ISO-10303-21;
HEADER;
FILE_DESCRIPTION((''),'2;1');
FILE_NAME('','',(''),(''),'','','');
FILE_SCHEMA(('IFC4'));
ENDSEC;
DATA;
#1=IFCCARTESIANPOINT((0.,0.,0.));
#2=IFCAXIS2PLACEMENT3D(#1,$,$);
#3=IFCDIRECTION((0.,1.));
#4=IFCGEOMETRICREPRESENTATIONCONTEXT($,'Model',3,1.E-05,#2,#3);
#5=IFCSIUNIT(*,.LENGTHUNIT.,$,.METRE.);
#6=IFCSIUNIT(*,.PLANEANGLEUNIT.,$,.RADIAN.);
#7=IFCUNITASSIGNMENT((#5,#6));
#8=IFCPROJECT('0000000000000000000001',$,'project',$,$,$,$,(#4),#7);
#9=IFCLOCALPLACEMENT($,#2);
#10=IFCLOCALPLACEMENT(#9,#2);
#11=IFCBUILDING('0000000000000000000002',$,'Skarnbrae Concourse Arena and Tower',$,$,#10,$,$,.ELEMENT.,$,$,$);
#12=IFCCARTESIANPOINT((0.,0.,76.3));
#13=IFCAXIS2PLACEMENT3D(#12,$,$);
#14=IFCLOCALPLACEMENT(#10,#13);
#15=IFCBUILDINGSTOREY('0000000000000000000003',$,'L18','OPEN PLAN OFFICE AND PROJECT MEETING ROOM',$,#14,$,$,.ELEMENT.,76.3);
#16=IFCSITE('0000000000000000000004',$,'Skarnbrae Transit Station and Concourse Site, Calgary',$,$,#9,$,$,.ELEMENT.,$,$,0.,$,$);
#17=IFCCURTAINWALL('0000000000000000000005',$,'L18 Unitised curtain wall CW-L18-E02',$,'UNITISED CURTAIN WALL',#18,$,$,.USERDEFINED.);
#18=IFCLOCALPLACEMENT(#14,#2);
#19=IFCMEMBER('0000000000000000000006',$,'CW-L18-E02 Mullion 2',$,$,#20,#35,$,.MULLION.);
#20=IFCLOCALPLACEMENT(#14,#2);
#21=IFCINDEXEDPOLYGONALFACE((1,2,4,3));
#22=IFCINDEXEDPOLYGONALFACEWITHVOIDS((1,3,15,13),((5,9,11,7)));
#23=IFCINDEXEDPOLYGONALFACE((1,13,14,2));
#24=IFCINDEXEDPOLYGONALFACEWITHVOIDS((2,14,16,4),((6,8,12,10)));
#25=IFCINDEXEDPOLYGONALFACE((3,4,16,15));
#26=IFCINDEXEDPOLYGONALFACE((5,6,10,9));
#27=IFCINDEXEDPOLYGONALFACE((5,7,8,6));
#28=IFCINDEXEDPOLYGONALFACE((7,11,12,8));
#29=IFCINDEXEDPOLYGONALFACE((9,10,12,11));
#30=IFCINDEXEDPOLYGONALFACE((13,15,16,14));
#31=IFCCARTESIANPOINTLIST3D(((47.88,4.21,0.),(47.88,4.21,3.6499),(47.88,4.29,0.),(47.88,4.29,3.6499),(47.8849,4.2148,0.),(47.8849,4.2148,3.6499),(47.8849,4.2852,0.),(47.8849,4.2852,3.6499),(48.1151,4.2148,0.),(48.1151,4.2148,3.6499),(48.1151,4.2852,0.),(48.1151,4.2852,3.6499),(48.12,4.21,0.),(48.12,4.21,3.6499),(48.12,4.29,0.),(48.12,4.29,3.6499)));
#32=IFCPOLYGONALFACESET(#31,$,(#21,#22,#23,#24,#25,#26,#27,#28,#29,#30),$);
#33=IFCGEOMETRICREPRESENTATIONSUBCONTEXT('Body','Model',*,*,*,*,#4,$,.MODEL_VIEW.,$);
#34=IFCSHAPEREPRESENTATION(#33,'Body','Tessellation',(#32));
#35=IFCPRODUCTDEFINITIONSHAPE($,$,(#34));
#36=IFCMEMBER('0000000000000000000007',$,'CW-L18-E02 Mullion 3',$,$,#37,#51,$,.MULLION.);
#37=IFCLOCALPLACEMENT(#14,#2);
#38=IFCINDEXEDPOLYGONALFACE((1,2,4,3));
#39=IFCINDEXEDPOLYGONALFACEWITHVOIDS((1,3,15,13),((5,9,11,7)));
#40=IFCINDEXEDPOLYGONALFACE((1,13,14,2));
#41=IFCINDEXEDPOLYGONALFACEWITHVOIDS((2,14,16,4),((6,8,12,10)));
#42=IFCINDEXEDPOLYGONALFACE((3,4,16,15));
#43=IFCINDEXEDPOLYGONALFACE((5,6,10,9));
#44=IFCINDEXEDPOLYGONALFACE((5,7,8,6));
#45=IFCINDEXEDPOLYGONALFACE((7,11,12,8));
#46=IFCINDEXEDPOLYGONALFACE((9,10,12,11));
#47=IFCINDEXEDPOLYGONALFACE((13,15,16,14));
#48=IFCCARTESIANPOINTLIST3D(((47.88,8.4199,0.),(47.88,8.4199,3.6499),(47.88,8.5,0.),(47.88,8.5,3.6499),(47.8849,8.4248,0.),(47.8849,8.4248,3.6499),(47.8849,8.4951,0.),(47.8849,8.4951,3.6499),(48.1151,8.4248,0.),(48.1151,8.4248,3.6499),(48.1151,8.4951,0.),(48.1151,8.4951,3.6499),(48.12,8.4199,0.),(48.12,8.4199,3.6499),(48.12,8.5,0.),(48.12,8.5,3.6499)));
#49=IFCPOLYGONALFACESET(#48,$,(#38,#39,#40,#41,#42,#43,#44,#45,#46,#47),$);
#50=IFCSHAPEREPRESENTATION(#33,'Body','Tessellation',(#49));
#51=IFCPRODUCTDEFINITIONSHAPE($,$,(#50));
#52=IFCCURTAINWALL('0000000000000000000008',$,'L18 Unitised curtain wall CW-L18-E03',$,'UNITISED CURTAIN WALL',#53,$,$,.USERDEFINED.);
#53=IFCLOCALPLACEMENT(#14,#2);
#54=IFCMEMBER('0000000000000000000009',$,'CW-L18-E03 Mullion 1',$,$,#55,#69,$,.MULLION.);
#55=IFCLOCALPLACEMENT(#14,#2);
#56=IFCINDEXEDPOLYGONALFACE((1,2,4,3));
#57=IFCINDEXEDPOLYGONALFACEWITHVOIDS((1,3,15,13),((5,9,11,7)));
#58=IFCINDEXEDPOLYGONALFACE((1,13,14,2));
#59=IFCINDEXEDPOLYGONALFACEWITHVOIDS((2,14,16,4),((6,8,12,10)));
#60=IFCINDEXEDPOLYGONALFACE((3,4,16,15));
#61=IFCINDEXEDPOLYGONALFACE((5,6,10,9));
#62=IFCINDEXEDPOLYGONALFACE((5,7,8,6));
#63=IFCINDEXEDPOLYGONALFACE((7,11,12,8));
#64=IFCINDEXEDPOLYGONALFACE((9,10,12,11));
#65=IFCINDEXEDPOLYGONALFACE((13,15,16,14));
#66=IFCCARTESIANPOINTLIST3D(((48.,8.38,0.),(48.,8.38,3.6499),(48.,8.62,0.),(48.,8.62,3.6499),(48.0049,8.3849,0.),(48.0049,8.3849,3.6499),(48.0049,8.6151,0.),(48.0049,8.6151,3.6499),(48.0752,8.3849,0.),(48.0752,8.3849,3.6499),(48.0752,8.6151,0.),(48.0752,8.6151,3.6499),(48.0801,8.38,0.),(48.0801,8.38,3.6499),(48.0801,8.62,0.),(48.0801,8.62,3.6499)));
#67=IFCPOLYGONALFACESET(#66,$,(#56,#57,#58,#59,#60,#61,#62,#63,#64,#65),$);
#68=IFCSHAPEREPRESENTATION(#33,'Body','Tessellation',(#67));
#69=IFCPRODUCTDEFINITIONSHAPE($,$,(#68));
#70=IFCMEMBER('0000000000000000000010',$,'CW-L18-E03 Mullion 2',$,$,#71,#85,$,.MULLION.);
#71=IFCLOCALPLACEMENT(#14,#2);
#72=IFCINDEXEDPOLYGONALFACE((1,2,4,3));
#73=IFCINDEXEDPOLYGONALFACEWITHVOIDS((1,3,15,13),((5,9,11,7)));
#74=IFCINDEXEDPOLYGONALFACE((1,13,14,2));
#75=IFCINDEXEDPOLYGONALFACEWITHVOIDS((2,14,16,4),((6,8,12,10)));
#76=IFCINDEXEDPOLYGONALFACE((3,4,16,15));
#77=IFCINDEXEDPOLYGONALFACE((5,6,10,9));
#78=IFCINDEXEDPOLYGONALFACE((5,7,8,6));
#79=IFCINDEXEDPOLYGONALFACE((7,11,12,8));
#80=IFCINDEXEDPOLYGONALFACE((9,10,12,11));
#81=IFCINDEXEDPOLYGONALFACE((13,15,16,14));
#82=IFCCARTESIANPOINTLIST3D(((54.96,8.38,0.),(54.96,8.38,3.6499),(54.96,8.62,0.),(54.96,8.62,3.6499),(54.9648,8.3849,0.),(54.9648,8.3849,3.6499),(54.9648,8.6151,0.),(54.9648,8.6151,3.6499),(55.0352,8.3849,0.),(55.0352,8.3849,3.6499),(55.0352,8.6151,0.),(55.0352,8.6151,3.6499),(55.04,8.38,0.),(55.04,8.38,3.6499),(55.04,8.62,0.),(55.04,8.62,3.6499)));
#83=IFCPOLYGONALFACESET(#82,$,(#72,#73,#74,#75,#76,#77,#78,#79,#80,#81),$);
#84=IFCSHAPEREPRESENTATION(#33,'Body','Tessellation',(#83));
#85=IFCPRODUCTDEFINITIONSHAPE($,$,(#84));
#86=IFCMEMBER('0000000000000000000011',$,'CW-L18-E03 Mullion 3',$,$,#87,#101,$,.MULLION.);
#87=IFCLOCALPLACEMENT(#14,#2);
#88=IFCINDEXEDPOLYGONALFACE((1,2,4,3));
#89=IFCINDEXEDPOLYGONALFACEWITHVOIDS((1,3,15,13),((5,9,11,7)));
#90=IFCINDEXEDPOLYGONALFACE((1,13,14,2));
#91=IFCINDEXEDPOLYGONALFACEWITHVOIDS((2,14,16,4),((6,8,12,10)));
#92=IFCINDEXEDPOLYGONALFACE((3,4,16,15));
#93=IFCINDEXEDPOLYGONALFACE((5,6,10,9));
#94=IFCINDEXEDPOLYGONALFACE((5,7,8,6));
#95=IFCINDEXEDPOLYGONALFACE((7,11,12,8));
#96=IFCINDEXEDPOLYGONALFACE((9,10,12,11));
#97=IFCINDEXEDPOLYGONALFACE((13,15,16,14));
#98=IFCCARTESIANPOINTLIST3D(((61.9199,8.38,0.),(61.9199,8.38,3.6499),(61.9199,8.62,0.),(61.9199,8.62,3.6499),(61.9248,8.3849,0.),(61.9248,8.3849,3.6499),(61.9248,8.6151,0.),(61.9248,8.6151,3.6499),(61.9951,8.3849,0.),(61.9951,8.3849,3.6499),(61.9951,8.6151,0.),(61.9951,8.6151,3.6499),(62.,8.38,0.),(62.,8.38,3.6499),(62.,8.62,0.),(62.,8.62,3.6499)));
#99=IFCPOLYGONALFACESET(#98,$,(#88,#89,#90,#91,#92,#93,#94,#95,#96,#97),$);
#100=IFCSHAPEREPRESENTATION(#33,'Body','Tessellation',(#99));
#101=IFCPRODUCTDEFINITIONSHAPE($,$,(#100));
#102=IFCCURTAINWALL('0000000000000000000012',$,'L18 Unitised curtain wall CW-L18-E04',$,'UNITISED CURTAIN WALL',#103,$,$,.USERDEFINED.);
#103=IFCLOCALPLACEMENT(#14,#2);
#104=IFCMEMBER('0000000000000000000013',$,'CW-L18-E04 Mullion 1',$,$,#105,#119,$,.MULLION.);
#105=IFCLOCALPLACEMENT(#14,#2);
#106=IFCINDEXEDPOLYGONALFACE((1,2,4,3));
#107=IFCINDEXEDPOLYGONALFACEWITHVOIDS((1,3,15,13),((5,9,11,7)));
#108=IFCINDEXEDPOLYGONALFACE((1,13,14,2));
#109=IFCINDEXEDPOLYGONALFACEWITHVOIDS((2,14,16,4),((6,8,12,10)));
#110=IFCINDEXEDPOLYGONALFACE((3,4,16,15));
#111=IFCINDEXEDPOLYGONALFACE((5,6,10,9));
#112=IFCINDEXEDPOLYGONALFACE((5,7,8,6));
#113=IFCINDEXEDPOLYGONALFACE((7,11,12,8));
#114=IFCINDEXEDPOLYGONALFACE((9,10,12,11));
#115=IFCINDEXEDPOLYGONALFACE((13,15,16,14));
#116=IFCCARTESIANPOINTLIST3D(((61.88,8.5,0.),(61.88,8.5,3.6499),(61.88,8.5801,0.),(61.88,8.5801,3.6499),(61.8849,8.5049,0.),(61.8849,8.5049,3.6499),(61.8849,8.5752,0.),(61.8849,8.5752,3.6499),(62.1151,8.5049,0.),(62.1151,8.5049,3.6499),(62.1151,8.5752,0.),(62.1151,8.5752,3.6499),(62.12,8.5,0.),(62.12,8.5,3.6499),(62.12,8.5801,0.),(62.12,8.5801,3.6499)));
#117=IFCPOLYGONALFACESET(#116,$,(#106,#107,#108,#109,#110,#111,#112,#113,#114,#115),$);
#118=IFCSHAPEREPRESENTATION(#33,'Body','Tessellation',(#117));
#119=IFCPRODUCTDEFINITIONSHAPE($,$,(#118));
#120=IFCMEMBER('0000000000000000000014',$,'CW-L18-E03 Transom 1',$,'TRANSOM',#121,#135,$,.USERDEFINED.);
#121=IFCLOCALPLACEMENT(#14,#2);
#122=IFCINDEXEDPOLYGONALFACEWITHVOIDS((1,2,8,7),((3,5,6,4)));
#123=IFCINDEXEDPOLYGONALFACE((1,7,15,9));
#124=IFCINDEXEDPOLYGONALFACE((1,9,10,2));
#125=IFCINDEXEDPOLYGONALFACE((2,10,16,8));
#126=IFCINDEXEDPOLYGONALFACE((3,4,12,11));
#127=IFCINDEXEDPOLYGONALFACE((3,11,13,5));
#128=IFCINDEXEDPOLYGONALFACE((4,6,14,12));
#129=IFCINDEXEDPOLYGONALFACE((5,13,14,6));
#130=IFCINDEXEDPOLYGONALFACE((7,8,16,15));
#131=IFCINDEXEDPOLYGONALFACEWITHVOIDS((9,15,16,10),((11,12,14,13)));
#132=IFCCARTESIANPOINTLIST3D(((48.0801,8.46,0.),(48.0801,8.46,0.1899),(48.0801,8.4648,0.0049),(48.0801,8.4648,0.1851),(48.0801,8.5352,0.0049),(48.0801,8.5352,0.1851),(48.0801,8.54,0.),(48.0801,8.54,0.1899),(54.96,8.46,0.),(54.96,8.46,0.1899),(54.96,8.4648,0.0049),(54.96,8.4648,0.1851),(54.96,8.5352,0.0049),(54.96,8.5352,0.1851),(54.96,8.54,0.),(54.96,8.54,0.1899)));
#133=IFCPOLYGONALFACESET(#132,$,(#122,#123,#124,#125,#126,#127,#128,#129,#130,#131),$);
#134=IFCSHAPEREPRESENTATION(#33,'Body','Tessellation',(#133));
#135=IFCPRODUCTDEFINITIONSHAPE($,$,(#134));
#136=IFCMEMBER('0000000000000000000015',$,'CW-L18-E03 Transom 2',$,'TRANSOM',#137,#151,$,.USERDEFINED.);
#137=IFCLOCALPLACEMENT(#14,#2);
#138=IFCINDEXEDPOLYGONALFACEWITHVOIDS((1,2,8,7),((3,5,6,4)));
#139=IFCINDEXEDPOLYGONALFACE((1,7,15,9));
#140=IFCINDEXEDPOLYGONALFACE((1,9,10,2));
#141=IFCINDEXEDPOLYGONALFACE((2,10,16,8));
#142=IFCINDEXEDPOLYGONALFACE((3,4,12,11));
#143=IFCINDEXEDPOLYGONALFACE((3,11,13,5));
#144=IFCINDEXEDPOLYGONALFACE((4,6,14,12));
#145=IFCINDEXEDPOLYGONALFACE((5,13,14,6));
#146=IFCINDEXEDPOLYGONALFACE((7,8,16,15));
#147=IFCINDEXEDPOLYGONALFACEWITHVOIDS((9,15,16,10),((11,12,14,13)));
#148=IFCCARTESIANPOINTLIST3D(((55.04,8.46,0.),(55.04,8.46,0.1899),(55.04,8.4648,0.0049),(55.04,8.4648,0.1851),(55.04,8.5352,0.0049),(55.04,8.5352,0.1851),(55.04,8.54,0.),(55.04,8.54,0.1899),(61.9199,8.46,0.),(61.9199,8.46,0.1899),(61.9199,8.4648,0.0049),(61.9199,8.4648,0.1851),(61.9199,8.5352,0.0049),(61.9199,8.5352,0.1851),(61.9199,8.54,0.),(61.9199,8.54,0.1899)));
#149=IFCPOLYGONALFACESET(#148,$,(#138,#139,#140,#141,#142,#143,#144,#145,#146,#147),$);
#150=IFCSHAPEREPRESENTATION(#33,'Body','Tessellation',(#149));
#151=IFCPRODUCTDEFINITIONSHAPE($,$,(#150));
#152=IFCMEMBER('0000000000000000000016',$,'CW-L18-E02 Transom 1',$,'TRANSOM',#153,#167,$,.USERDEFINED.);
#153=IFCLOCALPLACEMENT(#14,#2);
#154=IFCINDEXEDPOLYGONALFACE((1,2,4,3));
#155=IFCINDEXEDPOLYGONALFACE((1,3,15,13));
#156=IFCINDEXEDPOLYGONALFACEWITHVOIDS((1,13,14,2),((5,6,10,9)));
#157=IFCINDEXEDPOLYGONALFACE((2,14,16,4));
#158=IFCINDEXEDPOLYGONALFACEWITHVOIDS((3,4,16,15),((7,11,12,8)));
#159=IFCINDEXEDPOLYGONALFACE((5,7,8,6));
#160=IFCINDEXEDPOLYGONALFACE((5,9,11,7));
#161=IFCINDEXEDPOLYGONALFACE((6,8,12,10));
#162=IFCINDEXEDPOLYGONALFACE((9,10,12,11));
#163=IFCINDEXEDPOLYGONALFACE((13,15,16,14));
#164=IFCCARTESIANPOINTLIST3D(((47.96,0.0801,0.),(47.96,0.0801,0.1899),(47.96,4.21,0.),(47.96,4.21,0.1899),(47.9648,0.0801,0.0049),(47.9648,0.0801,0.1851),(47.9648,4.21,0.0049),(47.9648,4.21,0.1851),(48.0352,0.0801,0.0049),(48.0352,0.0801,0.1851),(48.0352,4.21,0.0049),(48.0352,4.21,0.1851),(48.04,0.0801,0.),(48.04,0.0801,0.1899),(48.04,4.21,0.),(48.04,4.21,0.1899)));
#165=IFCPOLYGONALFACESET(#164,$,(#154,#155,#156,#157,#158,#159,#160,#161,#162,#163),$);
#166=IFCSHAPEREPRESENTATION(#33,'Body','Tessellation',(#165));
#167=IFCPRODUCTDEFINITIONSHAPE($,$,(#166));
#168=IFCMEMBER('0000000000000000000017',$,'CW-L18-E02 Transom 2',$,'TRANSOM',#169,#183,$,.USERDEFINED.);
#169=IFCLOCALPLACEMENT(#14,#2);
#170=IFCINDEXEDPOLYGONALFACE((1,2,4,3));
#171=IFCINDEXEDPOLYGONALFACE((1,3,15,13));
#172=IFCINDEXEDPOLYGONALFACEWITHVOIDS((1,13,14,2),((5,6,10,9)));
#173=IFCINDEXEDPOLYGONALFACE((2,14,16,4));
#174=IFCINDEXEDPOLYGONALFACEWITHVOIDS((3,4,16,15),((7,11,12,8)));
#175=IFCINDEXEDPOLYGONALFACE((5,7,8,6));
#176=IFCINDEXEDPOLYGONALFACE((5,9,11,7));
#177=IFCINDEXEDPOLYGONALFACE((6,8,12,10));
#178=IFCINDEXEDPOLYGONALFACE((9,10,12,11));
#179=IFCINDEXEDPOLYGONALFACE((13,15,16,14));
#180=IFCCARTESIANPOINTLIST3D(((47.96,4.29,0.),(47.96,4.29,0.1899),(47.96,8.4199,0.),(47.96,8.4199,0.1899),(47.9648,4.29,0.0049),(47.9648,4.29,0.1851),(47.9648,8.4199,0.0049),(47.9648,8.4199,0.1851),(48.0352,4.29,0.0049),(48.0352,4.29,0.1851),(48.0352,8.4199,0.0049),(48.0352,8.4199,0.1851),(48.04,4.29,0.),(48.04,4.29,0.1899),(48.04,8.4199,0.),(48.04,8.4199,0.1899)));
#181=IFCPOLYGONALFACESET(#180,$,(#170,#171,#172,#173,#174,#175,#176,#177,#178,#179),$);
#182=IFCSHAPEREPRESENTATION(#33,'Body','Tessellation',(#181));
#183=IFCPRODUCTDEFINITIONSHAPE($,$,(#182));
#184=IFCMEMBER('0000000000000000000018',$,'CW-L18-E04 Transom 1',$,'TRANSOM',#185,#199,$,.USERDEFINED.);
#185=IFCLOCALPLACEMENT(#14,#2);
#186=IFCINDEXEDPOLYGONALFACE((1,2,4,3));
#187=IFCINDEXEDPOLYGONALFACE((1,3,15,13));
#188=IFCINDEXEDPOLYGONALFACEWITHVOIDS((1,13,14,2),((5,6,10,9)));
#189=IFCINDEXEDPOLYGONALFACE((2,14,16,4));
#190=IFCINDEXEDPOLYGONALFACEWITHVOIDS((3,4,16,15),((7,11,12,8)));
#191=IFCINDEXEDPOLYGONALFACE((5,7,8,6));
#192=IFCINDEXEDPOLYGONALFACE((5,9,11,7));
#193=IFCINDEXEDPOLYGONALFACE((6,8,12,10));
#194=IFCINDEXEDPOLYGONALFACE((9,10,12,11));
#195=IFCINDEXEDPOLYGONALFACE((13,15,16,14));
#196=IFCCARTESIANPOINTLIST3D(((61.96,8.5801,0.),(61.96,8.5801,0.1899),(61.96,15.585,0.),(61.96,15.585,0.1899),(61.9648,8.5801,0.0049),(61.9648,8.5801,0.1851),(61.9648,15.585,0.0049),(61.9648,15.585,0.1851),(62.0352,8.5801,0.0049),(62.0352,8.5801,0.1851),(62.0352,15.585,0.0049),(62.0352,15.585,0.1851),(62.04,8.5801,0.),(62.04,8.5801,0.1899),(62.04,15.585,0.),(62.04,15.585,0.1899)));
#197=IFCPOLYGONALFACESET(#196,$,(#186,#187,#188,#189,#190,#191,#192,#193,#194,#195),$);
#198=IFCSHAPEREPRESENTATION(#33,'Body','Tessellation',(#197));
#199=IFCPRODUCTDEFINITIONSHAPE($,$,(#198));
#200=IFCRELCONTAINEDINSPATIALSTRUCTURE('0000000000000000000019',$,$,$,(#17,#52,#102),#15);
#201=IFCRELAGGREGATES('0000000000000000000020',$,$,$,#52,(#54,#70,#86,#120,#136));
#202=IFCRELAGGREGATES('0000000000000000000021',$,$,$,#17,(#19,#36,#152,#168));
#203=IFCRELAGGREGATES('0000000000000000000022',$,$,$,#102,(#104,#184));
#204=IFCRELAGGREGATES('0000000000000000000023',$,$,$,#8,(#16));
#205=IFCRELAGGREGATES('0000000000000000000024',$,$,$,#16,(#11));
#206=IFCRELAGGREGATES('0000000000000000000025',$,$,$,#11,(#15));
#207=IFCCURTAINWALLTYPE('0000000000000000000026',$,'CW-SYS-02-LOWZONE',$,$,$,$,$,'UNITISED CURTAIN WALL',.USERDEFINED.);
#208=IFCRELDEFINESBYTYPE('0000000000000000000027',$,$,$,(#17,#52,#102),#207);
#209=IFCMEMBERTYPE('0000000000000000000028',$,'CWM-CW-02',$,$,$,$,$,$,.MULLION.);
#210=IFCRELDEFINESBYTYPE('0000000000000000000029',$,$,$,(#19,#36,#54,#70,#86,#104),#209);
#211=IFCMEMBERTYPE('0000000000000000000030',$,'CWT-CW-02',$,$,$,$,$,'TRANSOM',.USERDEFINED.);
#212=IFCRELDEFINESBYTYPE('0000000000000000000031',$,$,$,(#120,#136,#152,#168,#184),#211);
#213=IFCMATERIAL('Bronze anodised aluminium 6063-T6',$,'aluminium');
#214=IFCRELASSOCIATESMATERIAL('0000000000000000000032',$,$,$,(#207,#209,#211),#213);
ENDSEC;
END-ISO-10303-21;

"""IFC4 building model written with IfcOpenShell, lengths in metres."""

from ifc_helpers import new_model, si_unit, direction, frame, origin, origin_2d, place, context, subcontext, project, spatial, hollow_rectangle, extrude, source, transform, mapped, material, material_profile, profile_set, type_object, element, aggregate, save


model = new_model("IFC4")

# Units and contexts
model_context = context("Model", 3, precision=1e-05, world=origin(), true_north=direction((0.0, 1.0)))
body_context = subcontext(model_context, "Body", "Model", "MODEL_VIEW")
ifc_project = project(units=[si_unit("LENGTHUNIT", "METRE"), si_unit("PLANEANGLEUNIT", "RADIAN")], contexts=[model_context])

# Site, building, storey
site_placement = place(None, origin())
site = spatial("IfcSite", under=ifc_project, at=site_placement, Name="Skarnbrae Transit Station and Concourse Site, Calgary", CompositionType="ELEMENT", RefElevation=0.0)
building_placement = place(site_placement, origin())
building = spatial("IfcBuilding", under=site, at=building_placement, Name="Skarnbrae Concourse Arena and Tower", CompositionType="ELEMENT")
storey_placement = place(building_placement, frame((0.0, 0.0, 76.3)))
storey = spatial("IfcBuildingStorey", under=building, at=storey_placement, Name="L18", Description="OPEN PLAN OFFICE AND PROJECT MEETING ROOM", CompositionType="ELEMENT", Elevation=76.3)

# Shared definitions
ifc_material_1 = material(Name="Bronze anodised aluminium 6063-T6", Category="aluminium")
curtain_wall_type = type_object("IfcCurtainWallType", Name="CW-SYS-02-LOWZONE", ElementType="UNITISED CURTAIN WALL", PredefinedType="USERDEFINED", material=ifc_material_1)
ifc_material_profile_1 = material_profile(ifc_material_1, hollow_rectangle(XDim=0.0801, YDim=0.24, WallThickness=0.0049, at=origin_2d()), Name="ALU-MULL-80X240")
ifc_profile_set_1 = profile_set([ifc_material_profile_1], Name="Bronze anodised aluminium 6063-T6")
member_type_1 = type_object("IfcMemberType", Name="CWM-CW-02", PredefinedType="MULLION", material=ifc_profile_set_1)
shared_shape_1 = source(origin(), body_context, "Body", "SweptSolid", [
    extrude(hollow_rectangle(XDim=0.0801, YDim=0.24, WallThickness=0.0049, at=origin_2d()), origin(), (0.0, 0.0, 1.0), 3.6499),
])

# Curtain walls, members
curtain_wall_1_placement = place(storey_placement, origin())
curtain_wall_1 = element("IfcCurtainWall", 1, at=curtain_wall_1_placement, inside=storey, type_object=curtain_wall_type, Name="L18 Unitised curtain wall CW-L18-E02", ObjectType="UNITISED CURTAIN WALL", PredefinedType="USERDEFINED")
member_1_placement = place(storey_placement, frame((48.0, 4.25, 0.0), z_axis=(0.0, 0.0, 1.0), x_axis=(0.0, 1.0, 0.0)))
member_1 = element("IfcMember", 2, at=member_1_placement, type_object=member_type_1, Name="CW-L18-E02 Mullion 2", PredefinedType="MULLION", context=body_context, shape_type="MappedRepresentation", body=[
    mapped(shared_shape_1, transform((0.0, 0.0, 0.0))),
])
member_2_placement = place(storey_placement, frame((48.0, 8.46, 0.0), z_axis=(0.0, 0.0, 1.0), x_axis=(0.0, 1.0, 0.0)))
member_2 = element("IfcMember", 3, at=member_2_placement, type_object=member_type_1, Name="CW-L18-E02 Mullion 3", PredefinedType="MULLION", context=body_context, shape_type="MappedRepresentation", body=[
    mapped(shared_shape_1, transform((0.0, 0.0, 0.0))),
])
curtain_wall_2_placement = place(storey_placement, origin())
curtain_wall_2 = element("IfcCurtainWall", 4, at=curtain_wall_2_placement, inside=storey, type_object=curtain_wall_type, Name="L18 Unitised curtain wall CW-L18-E03", ObjectType="UNITISED CURTAIN WALL", PredefinedType="USERDEFINED")
member_3_placement = place(storey_placement, frame((48.04, 8.5, 0.0), z_axis=(0.0, 0.0, 1.0), x_axis=(1.0, 0.0, 0.0)))
member_3 = element("IfcMember", 5, at=member_3_placement, type_object=member_type_1, Name="CW-L18-E03 Mullion 1", PredefinedType="MULLION", context=body_context, shape_type="MappedRepresentation", body=[
    mapped(shared_shape_1, transform((0.0, 0.0, 0.0))),
])
member_4_placement = place(storey_placement, frame((55.0, 8.5, 0.0), z_axis=(0.0, 0.0, 1.0), x_axis=(1.0, 0.0, 0.0)))
member_4 = element("IfcMember", 6, at=member_4_placement, type_object=member_type_1, Name="CW-L18-E03 Mullion 2", PredefinedType="MULLION", context=body_context, shape_type="MappedRepresentation", body=[
    mapped(shared_shape_1, transform((0.0, 0.0, 0.0))),
])
member_5_placement = place(storey_placement, frame((61.96, 8.5, 0.0), z_axis=(0.0, 0.0, 1.0), x_axis=(1.0, 0.0, 0.0)))
member_5 = element("IfcMember", 7, at=member_5_placement, type_object=member_type_1, Name="CW-L18-E03 Mullion 3", PredefinedType="MULLION", context=body_context, shape_type="MappedRepresentation", body=[
    mapped(shared_shape_1, transform((0.0, 0.0, 0.0))),
])

# Curtain wall, member
curtain_wall_3_placement = place(storey_placement, origin())
curtain_wall_3 = element("IfcCurtainWall", 8, at=curtain_wall_3_placement, inside=storey, type_object=curtain_wall_type, Name="L18 Unitised curtain wall CW-L18-E04", ObjectType="UNITISED CURTAIN WALL", PredefinedType="USERDEFINED")
member_6_placement = place(storey_placement, frame((62.0, 8.54, 0.0), z_axis=(0.0, 0.0, 1.0), x_axis=(0.0, 1.0, 0.0)))
member_6 = element("IfcMember", 9, at=member_6_placement, type_object=member_type_1, Name="CW-L18-E04 Mullion 1", PredefinedType="MULLION", context=body_context, shape_type="MappedRepresentation", body=[
    mapped(shared_shape_1, transform((0.0, 0.0, 0.0))),
])

# Members
ifc_material_profile_2 = material_profile(ifc_material_1, hollow_rectangle(XDim=0.0801, YDim=0.1899, WallThickness=0.0049, at=origin_2d()), Name="ALU-TRAN-80X190")
ifc_profile_set_2 = profile_set([ifc_material_profile_2], Name="Bronze anodised aluminium 6063-T6")
member_type_2 = type_object("IfcMemberType", Name="CWT-CW-02", ElementType="TRANSOM", PredefinedType="USERDEFINED", material=ifc_profile_set_2)
shared_shape_2 = source(origin(), body_context, "Body", "SweptSolid", [
    extrude(hollow_rectangle(XDim=0.0801, YDim=0.1899, WallThickness=0.0049, at=origin_2d()), origin(), (0.0, 0.0, 1.0), 6.8799),
])
member_7_placement = place(storey_placement, frame((48.0801, 8.5, 0.095), z_axis=(1.0, 0.0, 0.0), x_axis=(0.0, 1.0, 0.0)))
member_7 = element("IfcMember", 10, at=member_7_placement, type_object=member_type_2, Name="CW-L18-E03 Transom 1", ObjectType="TRANSOM", PredefinedType="USERDEFINED", context=body_context, shape_type="MappedRepresentation", body=[
    mapped(shared_shape_2, transform((0.0, 0.0, 0.0))),
])
member_8_placement = place(storey_placement, frame((55.04, 8.5, 0.095), z_axis=(1.0, 0.0, 0.0), x_axis=(0.0, 1.0, 0.0)))
member_8 = element("IfcMember", 11, at=member_8_placement, type_object=member_type_2, Name="CW-L18-E03 Transom 2", ObjectType="TRANSOM", PredefinedType="USERDEFINED", context=body_context, shape_type="MappedRepresentation", body=[
    mapped(shared_shape_2, transform((0.0, 0.0, 0.0))),
])
shared_shape_3 = source(origin(), body_context, "Body", "SweptSolid", [
    extrude(hollow_rectangle(XDim=0.0801, YDim=0.1899, WallThickness=0.0049, at=origin_2d()), origin(), (0.0, 0.0, 1.0), 4.1299),
])
member_9_placement = place(storey_placement, frame((48.0, 0.0801, 0.095), z_axis=(0.0, 1.0, 0.0), x_axis=(-1.0, 0.0, 0.0)))
member_9 = element("IfcMember", 12, at=member_9_placement, type_object=member_type_2, Name="CW-L18-E02 Transom 1", ObjectType="TRANSOM", PredefinedType="USERDEFINED", context=body_context, shape_type="MappedRepresentation", body=[
    mapped(shared_shape_3, transform((0.0, 0.0, 0.0))),
])
member_10_placement = place(storey_placement, frame((48.0, 4.29, 0.095), z_axis=(0.0, 1.0, 0.0), x_axis=(-1.0, 0.0, 0.0)))
member_10 = element("IfcMember", 13, at=member_10_placement, type_object=member_type_2, Name="CW-L18-E02 Transom 2", ObjectType="TRANSOM", PredefinedType="USERDEFINED", context=body_context, shape_type="MappedRepresentation", body=[
    mapped(shared_shape_3, transform((0.0, 0.0, 0.0))),
])
shared_shape_4 = source(origin(), body_context, "Body", "SweptSolid", [
    extrude(hollow_rectangle(XDim=0.0801, YDim=0.1899, WallThickness=0.0049, at=origin_2d()), origin(), (0.0, 0.0, 1.0), 7.0049),
])
member_11_placement = place(storey_placement, frame((62.0, 8.5801, 0.095), z_axis=(0.0, 1.0, 0.0), x_axis=(-1.0, 0.0, 0.0)))
member_11 = element("IfcMember", 14, at=member_11_placement, type_object=member_type_2, Name="CW-L18-E04 Transom 1", ObjectType="TRANSOM", PredefinedType="USERDEFINED", context=body_context, shape_type="MappedRepresentation", body=[
    mapped(shared_shape_4, transform((0.0, 0.0, 0.0))),
])

aggregate(curtain_wall_2, [member_3, member_4, member_5, member_7, member_8])
aggregate(curtain_wall_1, [member_1, member_2, member_9, member_10])
aggregate(curtain_wall_3, [member_6, member_11])

save(model, "model.ifc")
